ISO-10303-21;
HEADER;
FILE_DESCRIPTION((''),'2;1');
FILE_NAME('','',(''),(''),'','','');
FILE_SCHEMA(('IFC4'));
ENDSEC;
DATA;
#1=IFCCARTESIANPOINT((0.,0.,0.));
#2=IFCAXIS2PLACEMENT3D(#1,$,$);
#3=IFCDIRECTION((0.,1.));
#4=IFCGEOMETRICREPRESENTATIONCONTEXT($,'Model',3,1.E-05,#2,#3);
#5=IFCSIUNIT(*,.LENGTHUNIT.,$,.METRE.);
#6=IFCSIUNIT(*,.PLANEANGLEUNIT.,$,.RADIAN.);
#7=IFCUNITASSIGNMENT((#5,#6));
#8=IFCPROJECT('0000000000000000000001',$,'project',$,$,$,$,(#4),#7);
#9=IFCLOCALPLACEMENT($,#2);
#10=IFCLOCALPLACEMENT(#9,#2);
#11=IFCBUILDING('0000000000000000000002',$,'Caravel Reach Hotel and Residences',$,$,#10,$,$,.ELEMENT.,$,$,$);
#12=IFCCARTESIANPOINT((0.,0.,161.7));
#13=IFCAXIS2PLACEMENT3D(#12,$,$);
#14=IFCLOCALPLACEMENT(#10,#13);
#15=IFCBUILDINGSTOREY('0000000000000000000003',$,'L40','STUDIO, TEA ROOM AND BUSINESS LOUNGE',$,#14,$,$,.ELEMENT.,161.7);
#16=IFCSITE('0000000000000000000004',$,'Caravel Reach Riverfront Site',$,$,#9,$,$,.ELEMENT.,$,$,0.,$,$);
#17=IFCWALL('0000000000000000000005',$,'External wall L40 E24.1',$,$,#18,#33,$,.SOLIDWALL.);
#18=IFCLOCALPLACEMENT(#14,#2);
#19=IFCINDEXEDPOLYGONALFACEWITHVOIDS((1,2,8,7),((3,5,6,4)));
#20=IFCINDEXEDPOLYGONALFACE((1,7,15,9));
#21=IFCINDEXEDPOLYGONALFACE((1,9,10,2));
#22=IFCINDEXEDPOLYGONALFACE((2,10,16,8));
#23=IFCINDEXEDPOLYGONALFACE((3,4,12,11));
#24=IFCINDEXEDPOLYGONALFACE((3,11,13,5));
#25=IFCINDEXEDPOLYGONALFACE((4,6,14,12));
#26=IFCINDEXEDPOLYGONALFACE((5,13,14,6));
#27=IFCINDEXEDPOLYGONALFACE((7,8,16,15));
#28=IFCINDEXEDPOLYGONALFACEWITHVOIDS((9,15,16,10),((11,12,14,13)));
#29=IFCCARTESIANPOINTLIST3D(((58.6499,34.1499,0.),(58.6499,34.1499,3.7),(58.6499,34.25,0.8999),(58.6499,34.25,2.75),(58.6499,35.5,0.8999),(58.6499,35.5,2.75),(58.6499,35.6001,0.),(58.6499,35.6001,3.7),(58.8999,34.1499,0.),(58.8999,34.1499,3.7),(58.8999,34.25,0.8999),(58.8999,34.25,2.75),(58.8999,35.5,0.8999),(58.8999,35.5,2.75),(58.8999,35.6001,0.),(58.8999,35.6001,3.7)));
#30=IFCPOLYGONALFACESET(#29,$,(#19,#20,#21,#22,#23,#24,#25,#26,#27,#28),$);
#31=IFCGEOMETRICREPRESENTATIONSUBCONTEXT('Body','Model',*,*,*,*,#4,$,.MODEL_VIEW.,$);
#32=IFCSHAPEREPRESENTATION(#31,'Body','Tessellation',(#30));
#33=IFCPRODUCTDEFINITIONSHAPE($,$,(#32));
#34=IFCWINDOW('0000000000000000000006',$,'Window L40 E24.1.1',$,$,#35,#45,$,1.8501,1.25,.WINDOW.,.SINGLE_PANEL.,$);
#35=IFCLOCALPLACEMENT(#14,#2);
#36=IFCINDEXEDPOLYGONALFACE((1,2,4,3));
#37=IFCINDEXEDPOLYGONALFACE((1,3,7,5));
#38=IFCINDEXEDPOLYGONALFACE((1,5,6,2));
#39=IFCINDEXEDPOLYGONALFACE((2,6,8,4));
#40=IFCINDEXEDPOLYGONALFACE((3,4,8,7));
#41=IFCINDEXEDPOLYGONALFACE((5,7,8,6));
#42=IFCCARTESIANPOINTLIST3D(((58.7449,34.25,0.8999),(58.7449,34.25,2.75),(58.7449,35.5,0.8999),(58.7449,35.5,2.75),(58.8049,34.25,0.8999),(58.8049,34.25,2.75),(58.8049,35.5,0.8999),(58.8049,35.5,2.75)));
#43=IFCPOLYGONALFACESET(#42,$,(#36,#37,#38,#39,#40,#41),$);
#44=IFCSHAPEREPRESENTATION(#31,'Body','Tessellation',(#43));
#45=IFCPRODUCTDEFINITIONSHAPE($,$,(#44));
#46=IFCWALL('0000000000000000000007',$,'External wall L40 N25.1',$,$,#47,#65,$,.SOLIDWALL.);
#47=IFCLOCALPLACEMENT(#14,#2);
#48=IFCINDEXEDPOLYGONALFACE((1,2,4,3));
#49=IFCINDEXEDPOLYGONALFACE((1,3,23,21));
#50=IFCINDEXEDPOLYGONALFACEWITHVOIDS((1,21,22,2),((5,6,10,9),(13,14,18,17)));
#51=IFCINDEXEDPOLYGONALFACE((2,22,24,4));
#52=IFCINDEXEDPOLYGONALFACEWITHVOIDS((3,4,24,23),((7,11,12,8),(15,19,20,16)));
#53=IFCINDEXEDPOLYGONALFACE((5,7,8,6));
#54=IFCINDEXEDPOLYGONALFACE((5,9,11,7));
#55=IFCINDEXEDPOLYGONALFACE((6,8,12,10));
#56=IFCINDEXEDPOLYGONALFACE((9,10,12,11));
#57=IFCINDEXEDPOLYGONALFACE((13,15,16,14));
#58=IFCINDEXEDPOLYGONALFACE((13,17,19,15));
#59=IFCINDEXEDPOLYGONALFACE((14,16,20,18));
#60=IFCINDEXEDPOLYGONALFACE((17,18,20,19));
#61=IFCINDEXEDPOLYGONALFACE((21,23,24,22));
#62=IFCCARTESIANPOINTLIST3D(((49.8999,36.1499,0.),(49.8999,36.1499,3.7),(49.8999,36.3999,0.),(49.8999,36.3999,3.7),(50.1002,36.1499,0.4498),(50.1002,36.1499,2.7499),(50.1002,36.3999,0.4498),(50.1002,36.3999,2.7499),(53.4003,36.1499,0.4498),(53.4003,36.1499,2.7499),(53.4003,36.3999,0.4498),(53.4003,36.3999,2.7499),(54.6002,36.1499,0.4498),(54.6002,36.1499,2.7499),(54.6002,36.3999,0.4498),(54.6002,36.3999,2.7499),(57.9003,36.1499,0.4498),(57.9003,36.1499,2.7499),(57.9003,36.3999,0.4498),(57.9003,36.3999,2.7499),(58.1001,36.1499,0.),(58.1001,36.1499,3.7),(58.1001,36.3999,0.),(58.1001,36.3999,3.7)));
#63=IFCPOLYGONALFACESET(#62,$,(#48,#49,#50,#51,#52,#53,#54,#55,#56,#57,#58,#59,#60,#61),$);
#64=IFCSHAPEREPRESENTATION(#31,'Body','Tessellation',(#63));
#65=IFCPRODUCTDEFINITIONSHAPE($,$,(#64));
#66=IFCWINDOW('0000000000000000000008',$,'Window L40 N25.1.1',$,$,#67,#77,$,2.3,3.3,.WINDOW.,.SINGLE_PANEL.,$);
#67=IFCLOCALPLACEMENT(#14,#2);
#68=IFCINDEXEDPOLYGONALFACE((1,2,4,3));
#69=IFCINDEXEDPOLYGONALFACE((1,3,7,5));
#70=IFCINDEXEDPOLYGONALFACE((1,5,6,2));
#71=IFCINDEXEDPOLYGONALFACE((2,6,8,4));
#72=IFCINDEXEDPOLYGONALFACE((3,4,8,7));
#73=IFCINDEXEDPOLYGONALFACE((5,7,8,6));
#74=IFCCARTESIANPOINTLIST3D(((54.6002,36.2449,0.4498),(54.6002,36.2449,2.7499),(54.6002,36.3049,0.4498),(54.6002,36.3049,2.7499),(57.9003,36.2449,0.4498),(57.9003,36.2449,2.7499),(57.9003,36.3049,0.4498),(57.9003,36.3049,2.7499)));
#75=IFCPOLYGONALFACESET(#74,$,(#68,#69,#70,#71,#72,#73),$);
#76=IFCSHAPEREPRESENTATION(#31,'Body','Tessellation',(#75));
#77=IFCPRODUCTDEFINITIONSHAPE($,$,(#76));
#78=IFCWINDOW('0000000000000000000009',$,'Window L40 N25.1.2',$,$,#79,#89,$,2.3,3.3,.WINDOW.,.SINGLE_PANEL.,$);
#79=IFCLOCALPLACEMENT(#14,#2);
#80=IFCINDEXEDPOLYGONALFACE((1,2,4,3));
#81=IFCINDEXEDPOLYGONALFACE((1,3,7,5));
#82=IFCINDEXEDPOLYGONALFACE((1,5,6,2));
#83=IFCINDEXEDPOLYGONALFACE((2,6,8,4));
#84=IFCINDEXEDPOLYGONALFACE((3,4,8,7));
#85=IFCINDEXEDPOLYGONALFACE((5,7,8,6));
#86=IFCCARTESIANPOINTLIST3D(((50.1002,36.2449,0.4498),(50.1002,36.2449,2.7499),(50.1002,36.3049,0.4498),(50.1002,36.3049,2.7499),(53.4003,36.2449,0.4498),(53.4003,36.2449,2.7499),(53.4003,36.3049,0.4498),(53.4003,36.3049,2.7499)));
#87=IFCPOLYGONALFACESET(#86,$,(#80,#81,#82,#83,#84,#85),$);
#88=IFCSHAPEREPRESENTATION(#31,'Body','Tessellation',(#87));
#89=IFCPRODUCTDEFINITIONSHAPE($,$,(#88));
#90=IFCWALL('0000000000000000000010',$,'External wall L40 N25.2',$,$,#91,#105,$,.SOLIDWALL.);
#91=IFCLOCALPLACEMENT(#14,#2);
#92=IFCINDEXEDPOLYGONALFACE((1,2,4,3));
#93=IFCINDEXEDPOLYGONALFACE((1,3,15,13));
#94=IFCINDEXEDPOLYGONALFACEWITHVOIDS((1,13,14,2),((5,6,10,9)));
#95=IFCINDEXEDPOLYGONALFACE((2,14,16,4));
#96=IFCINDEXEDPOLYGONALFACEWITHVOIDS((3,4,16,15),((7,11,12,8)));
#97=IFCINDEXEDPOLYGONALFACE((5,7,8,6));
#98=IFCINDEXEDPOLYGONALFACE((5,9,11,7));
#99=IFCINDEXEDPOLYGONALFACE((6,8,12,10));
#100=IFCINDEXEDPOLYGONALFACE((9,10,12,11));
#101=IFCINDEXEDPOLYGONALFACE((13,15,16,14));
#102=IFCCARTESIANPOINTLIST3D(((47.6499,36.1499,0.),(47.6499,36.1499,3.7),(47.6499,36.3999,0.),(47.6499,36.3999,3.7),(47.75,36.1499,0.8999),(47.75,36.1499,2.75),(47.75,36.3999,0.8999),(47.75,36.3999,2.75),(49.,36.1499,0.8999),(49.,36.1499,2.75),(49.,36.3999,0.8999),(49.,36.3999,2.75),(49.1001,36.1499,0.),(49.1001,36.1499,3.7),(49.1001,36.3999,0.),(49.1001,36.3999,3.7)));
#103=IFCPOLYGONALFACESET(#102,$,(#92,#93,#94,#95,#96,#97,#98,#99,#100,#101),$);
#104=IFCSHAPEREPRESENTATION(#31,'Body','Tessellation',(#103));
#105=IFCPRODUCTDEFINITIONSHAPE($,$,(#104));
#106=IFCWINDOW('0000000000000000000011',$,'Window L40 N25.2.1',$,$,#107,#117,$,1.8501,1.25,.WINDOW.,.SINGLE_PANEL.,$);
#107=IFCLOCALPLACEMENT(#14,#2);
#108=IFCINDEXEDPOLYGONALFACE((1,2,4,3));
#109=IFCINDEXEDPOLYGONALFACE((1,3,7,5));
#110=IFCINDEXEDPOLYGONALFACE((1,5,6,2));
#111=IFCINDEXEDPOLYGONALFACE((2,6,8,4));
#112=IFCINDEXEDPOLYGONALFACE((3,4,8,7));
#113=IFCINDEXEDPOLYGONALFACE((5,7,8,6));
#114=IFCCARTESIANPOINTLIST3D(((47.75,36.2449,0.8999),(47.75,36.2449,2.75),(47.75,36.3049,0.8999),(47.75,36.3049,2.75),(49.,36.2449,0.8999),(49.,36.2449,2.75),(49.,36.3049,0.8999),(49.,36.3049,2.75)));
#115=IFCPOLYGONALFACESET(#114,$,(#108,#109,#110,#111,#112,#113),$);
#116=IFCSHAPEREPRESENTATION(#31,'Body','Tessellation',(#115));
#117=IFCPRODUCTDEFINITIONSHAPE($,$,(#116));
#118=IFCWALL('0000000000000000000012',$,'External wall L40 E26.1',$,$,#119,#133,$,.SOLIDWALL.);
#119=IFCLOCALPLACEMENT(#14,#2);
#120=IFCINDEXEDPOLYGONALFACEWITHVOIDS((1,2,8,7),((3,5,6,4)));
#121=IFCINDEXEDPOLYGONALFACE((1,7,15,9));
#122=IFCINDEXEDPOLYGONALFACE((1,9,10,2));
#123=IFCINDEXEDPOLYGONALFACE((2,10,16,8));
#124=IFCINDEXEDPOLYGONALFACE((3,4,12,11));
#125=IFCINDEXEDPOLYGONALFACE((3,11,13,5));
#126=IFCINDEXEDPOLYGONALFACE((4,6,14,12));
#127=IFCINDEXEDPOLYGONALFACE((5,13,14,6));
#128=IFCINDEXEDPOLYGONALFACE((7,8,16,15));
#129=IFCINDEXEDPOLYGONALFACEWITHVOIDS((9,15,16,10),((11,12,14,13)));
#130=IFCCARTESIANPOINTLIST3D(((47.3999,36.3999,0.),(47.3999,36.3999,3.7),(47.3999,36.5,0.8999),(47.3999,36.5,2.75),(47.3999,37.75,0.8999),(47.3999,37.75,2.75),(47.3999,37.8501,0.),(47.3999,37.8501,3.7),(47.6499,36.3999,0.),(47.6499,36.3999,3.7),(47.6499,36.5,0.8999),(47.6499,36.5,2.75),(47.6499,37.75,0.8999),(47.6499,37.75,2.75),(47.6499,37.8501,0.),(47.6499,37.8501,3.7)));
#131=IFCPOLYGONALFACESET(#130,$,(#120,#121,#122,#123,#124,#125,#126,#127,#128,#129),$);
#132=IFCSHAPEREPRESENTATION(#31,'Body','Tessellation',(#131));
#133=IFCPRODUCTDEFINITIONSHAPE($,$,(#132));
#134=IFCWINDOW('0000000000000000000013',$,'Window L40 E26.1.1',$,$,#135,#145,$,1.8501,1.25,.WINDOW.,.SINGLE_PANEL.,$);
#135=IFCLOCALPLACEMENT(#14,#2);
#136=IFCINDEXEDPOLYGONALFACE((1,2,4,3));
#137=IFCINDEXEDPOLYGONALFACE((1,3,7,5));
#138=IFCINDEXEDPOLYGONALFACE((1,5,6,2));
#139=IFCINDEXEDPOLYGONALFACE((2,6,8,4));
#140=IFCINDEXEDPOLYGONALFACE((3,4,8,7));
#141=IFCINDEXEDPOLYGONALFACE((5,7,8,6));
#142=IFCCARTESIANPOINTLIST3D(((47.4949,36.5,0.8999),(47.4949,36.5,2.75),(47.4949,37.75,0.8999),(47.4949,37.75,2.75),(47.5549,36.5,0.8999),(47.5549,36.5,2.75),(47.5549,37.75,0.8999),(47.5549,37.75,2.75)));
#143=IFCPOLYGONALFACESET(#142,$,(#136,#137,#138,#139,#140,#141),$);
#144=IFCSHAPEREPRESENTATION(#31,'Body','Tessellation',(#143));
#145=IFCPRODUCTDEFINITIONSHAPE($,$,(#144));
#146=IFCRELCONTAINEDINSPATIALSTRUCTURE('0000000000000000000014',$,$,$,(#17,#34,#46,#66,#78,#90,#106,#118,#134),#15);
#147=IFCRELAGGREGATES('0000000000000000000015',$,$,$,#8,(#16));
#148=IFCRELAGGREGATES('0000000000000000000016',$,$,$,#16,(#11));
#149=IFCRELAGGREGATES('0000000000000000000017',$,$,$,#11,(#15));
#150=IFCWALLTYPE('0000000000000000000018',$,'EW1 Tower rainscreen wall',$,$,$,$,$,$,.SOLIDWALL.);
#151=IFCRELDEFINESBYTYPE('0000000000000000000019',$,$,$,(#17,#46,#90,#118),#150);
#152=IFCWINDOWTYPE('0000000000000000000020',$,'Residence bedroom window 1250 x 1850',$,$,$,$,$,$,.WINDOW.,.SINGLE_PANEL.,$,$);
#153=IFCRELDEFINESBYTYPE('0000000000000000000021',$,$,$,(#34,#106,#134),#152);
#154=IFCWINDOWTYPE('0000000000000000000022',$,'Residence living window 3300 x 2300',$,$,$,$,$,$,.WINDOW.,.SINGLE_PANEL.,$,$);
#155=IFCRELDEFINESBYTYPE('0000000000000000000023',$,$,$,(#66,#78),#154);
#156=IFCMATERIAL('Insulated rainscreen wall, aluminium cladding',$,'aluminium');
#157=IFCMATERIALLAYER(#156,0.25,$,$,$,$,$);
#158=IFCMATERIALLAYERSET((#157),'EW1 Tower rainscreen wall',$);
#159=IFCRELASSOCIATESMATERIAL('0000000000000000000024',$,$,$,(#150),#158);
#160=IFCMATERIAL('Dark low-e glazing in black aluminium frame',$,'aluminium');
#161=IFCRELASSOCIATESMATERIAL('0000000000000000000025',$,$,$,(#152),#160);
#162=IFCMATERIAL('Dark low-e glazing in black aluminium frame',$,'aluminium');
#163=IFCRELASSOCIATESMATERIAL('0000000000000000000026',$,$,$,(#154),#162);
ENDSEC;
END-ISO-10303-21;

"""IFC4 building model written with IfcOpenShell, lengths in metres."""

from ifc_helpers import new_model, si_unit, direction, frame, frame_2d, origin, place, context, subcontext, project, spatial, rectangle, extrude, material, layer, layer_set, type_object, element, fill, save


model = new_model("IFC4")

# Units and contexts
model_context = context("Model", 3, precision=1e-05, world=origin(), true_north=direction((0.0, 1.0)))
body_context = subcontext(model_context, "Body", "Model", "MODEL_VIEW")
ifc_project = project(units=[si_unit("LENGTHUNIT", "METRE"), si_unit("PLANEANGLEUNIT", "RADIAN")], contexts=[model_context])

# Site, building, storey
site_placement = place(None, origin())
site = spatial("IfcSite", under=ifc_project, at=site_placement, Name="Caravel Reach Riverfront Site", CompositionType="ELEMENT", RefElevation=0.0)
building_placement = place(site_placement, origin())
building = spatial("IfcBuilding", under=site, at=building_placement, Name="Caravel Reach Hotel and Residences", CompositionType="ELEMENT")
storey_placement = place(building_placement, frame((0.0, 0.0, 161.7)))
storey = spatial("IfcBuildingStorey", under=building, at=storey_placement, Name="L40", Description="STUDIO, TEA ROOM AND BUSINESS LOUNGE", CompositionType="ELEMENT", Elevation=161.7)

# Wall, opening, window
ifc_material_1 = material(Name="Insulated rainscreen wall, aluminium cladding", Category="aluminium")
ifc_layer = layer(ifc_material_1, 0.25)
ifc_layer_set = layer_set([ifc_layer], Name="EW1 Tower rainscreen wall")
wall_type = type_object("IfcWallType", Name="EW1 Tower rainscreen wall", PredefinedType="SOLIDWALL", material=ifc_layer_set)
ifc_material_2 = material(Name="Dark low-e glazing in black aluminium frame", Category="aluminium")
window_type_1 = type_object("IfcWindowType", Name="Residence bedroom window 1250 x 1850", PartitioningType="SINGLE_PANEL", PredefinedType="WINDOW", material=ifc_material_2)
wall_1_placement = place(storey_placement, frame((58.7749, 34.1499, 0.0), z_axis=(0.0, 0.0, 1.0), x_axis=(0.0, 1.0, 0.0)))
wall_1 = element("IfcWall", 1, at=wall_1_placement, inside=storey, type_object=wall_type, Name="External wall L40 E24.1", PredefinedType="SOLIDWALL", context=body_context, shape_type="SweptSolid", body=[
    extrude(rectangle(XDim=1.4502, YDim=0.25, at=frame_2d((0.7251, 0.0))), origin(), (0.0, 0.0, 1.0), 3.7),
])
opening_1_placement = place(wall_1_placement, frame((0.1001, 0.0, 0.8999)))
opening_1 = element("IfcOpeningElement", 2, at=opening_1_placement, cuts=wall_1, PredefinedType="OPENING", context=body_context, shape_type="SweptSolid", body=[
    extrude(rectangle(XDim=1.25, YDim=1.8501, at=frame_2d((0.625, 0.925))), frame((0.0, 0.135, 0.0), z_axis=(0.0, -1.0, 0.0), x_axis=(1.0, 0.0, 0.0)), (0.0, 0.0, 1.0), 0.27),
])
window_1_placement = place(opening_1_placement, origin())
window_1 = element("IfcWindow", 3, at=window_1_placement, inside=storey, type_object=window_type_1, Name="Window L40 E24.1.1", OverallHeight=1.8501, OverallWidth=1.25, PartitioningType="SINGLE_PANEL", PredefinedType="WINDOW", context=body_context, shape_type="SweptSolid", body=[
    extrude(rectangle(XDim=1.25, YDim=1.8501, at=frame_2d((0.625, 0.925))), frame((0.0, 0.03, 0.0), z_axis=(0.0, -1.0, 0.0), x_axis=(1.0, 0.0, 0.0)), (0.0, 0.0, 1.0), 0.0601),
])
fill(opening_1, window_1)

# Wall, openings, windows
wall_2_placement = place(storey_placement, frame((58.1001, 36.2749, 0.0), z_axis=(0.0, 0.0, 1.0), x_axis=(-1.0, 0.0, 0.0)))
wall_2 = element("IfcWall", 4, at=wall_2_placement, inside=storey, type_object=wall_type, Name="External wall L40 N25.1", PredefinedType="SOLIDWALL", context=body_context, shape_type="SweptSolid", body=[
    extrude(rectangle(XDim=8.2002, YDim=0.25, at=frame_2d((4.1001, 0.0))), origin(), (0.0, 0.0, 1.0), 3.7),
])
opening_2_placement = place(wall_2_placement, frame((0.2, 0.0, 0.45)))
opening_2 = element("IfcOpeningElement", 5, at=opening_2_placement, cuts=wall_2, PredefinedType="OPENING", context=body_context, shape_type="SweptSolid", body=[
    extrude(rectangle(XDim=3.3, YDim=2.3, at=frame_2d((1.6499, 1.1499))), frame((0.0, 0.135, 0.0), z_axis=(0.0, -1.0, 0.0), x_axis=(1.0, 0.0, 0.0)), (0.0, 0.0, 1.0), 0.27),
])
opening_3_placement = place(wall_2_placement, frame((4.7, 0.0, 0.45)))
opening_3 = element("IfcOpeningElement", 6, at=opening_3_placement, cuts=wall_2, PredefinedType="OPENING", context=body_context, shape_type="SweptSolid", body=[
    extrude(rectangle(XDim=3.3, YDim=2.3, at=frame_2d((1.6499, 1.1499))), frame((0.0, 0.135, 0.0), z_axis=(0.0, -1.0, 0.0), x_axis=(1.0, 0.0, 0.0)), (0.0, 0.0, 1.0), 0.27),
])
ifc_material_3 = material(Name="Dark low-e glazing in black aluminium frame", Category="aluminium")
window_type_2 = type_object("IfcWindowType", Name="Residence living window 3300 x 2300", PartitioningType="SINGLE_PANEL", PredefinedType="WINDOW", material=ifc_material_3)
window_2_placement = place(opening_2_placement, origin())
window_2 = element("IfcWindow", 7, at=window_2_placement, inside=storey, type_object=window_type_2, Name="Window L40 N25.1.1", OverallHeight=2.3, OverallWidth=3.3, PartitioningType="SINGLE_PANEL", PredefinedType="WINDOW", context=body_context, shape_type="SweptSolid", body=[
    extrude(rectangle(XDim=3.3, YDim=2.3, at=frame_2d((1.6499, 1.1499))), frame((0.0, 0.03, 0.0), z_axis=(0.0, -1.0, 0.0), x_axis=(1.0, 0.0, 0.0)), (0.0, 0.0, 1.0), 0.0601),
])
fill(opening_2, window_2)
window_3_placement = place(opening_3_placement, origin())
window_3 = element("IfcWindow", 8, at=window_3_placement, inside=storey, type_object=window_type_2, Name="Window L40 N25.1.2", OverallHeight=2.3, OverallWidth=3.3, PartitioningType="SINGLE_PANEL", PredefinedType="WINDOW", context=body_context, shape_type="SweptSolid", body=[
    extrude(rectangle(XDim=3.3, YDim=2.3, at=frame_2d((1.6499, 1.1499))), frame((0.0, 0.03, 0.0), z_axis=(0.0, -1.0, 0.0), x_axis=(1.0, 0.0, 0.0)), (0.0, 0.0, 1.0), 0.0601),
])
fill(opening_3, window_3)

# Walls, openings, windows
wall_3_placement = place(storey_placement, frame((49.1001, 36.2749, 0.0), z_axis=(0.0, 0.0, 1.0), x_axis=(-1.0, 0.0, 0.0)))
wall_3 = element("IfcWall", 9, at=wall_3_placement, inside=storey, type_object=wall_type, Name="External wall L40 N25.2", PredefinedType="SOLIDWALL", context=body_context, shape_type="SweptSolid", body=[
    extrude(rectangle(XDim=1.4502, YDim=0.25, at=frame_2d((0.7251, 0.0))), origin(), (0.0, 0.0, 1.0), 3.7),
])
opening_4_placement = place(wall_3_placement, frame((0.1001, 0.0, 0.8999)))
opening_4 = element("IfcOpeningElement", 10, at=opening_4_placement, cuts=wall_3, PredefinedType="OPENING", context=body_context, shape_type="SweptSolid", body=[
    extrude(rectangle(XDim=1.25, YDim=1.8501, at=frame_2d((0.625, 0.925))), frame((0.0, 0.135, 0.0), z_axis=(0.0, -1.0, 0.0), x_axis=(1.0, 0.0, 0.0)), (0.0, 0.0, 1.0), 0.27),
])
window_4_placement = place(opening_4_placement, origin())
window_4 = element("IfcWindow", 11, at=window_4_placement, inside=storey, type_object=window_type_1, Name="Window L40 N25.2.1", OverallHeight=1.8501, OverallWidth=1.25, PartitioningType="SINGLE_PANEL", PredefinedType="WINDOW", context=body_context, shape_type="SweptSolid", body=[
    extrude(rectangle(XDim=1.25, YDim=1.8501, at=frame_2d((0.625, 0.925))), frame((0.0, 0.03, 0.0), z_axis=(0.0, -1.0, 0.0), x_axis=(1.0, 0.0, 0.0)), (0.0, 0.0, 1.0), 0.0601),
])
fill(opening_4, window_4)
wall_4_placement = place(storey_placement, frame((47.5249, 36.3999, 0.0), z_axis=(0.0, 0.0, 1.0), x_axis=(0.0, 1.0, 0.0)))
wall_4 = element("IfcWall", 12, at=wall_4_placement, inside=storey, type_object=wall_type, Name="External wall L40 E26.1", PredefinedType="SOLIDWALL", context=body_context, shape_type="SweptSolid", body=[
    extrude(rectangle(XDim=1.4502, YDim=0.25, at=frame_2d((0.7251, 0.0))), origin(), (0.0, 0.0, 1.0), 3.7),
])
opening_5_placement = place(wall_4_placement, frame((0.1001, 0.0, 0.8999)))
opening_5 = element("IfcOpeningElement", 13, at=opening_5_placement, cuts=wall_4, PredefinedType="OPENING", context=body_context, shape_type="SweptSolid", body=[
    extrude(rectangle(XDim=1.25, YDim=1.8501, at=frame_2d((0.625, 0.925))), frame((0.0, 0.135, 0.0), z_axis=(0.0, -1.0, 0.0), x_axis=(1.0, 0.0, 0.0)), (0.0, 0.0, 1.0), 0.27),
])
window_5_placement = place(opening_5_placement, origin())
window_5 = element("IfcWindow", 14, at=window_5_placement, inside=storey, type_object=window_type_1, Name="Window L40 E26.1.1", OverallHeight=1.8501, OverallWidth=1.25, PartitioningType="SINGLE_PANEL", PredefinedType="WINDOW", context=body_context, shape_type="SweptSolid", body=[
    extrude(rectangle(XDim=1.25, YDim=1.8501, at=frame_2d((0.625, 0.925))), frame((0.0, 0.03, 0.0), z_axis=(0.0, -1.0, 0.0), x_axis=(1.0, 0.0, 0.0)), (0.0, 0.0, 1.0), 0.0601),
])
fill(opening_5, window_5)

save(model, "model.ifc")
